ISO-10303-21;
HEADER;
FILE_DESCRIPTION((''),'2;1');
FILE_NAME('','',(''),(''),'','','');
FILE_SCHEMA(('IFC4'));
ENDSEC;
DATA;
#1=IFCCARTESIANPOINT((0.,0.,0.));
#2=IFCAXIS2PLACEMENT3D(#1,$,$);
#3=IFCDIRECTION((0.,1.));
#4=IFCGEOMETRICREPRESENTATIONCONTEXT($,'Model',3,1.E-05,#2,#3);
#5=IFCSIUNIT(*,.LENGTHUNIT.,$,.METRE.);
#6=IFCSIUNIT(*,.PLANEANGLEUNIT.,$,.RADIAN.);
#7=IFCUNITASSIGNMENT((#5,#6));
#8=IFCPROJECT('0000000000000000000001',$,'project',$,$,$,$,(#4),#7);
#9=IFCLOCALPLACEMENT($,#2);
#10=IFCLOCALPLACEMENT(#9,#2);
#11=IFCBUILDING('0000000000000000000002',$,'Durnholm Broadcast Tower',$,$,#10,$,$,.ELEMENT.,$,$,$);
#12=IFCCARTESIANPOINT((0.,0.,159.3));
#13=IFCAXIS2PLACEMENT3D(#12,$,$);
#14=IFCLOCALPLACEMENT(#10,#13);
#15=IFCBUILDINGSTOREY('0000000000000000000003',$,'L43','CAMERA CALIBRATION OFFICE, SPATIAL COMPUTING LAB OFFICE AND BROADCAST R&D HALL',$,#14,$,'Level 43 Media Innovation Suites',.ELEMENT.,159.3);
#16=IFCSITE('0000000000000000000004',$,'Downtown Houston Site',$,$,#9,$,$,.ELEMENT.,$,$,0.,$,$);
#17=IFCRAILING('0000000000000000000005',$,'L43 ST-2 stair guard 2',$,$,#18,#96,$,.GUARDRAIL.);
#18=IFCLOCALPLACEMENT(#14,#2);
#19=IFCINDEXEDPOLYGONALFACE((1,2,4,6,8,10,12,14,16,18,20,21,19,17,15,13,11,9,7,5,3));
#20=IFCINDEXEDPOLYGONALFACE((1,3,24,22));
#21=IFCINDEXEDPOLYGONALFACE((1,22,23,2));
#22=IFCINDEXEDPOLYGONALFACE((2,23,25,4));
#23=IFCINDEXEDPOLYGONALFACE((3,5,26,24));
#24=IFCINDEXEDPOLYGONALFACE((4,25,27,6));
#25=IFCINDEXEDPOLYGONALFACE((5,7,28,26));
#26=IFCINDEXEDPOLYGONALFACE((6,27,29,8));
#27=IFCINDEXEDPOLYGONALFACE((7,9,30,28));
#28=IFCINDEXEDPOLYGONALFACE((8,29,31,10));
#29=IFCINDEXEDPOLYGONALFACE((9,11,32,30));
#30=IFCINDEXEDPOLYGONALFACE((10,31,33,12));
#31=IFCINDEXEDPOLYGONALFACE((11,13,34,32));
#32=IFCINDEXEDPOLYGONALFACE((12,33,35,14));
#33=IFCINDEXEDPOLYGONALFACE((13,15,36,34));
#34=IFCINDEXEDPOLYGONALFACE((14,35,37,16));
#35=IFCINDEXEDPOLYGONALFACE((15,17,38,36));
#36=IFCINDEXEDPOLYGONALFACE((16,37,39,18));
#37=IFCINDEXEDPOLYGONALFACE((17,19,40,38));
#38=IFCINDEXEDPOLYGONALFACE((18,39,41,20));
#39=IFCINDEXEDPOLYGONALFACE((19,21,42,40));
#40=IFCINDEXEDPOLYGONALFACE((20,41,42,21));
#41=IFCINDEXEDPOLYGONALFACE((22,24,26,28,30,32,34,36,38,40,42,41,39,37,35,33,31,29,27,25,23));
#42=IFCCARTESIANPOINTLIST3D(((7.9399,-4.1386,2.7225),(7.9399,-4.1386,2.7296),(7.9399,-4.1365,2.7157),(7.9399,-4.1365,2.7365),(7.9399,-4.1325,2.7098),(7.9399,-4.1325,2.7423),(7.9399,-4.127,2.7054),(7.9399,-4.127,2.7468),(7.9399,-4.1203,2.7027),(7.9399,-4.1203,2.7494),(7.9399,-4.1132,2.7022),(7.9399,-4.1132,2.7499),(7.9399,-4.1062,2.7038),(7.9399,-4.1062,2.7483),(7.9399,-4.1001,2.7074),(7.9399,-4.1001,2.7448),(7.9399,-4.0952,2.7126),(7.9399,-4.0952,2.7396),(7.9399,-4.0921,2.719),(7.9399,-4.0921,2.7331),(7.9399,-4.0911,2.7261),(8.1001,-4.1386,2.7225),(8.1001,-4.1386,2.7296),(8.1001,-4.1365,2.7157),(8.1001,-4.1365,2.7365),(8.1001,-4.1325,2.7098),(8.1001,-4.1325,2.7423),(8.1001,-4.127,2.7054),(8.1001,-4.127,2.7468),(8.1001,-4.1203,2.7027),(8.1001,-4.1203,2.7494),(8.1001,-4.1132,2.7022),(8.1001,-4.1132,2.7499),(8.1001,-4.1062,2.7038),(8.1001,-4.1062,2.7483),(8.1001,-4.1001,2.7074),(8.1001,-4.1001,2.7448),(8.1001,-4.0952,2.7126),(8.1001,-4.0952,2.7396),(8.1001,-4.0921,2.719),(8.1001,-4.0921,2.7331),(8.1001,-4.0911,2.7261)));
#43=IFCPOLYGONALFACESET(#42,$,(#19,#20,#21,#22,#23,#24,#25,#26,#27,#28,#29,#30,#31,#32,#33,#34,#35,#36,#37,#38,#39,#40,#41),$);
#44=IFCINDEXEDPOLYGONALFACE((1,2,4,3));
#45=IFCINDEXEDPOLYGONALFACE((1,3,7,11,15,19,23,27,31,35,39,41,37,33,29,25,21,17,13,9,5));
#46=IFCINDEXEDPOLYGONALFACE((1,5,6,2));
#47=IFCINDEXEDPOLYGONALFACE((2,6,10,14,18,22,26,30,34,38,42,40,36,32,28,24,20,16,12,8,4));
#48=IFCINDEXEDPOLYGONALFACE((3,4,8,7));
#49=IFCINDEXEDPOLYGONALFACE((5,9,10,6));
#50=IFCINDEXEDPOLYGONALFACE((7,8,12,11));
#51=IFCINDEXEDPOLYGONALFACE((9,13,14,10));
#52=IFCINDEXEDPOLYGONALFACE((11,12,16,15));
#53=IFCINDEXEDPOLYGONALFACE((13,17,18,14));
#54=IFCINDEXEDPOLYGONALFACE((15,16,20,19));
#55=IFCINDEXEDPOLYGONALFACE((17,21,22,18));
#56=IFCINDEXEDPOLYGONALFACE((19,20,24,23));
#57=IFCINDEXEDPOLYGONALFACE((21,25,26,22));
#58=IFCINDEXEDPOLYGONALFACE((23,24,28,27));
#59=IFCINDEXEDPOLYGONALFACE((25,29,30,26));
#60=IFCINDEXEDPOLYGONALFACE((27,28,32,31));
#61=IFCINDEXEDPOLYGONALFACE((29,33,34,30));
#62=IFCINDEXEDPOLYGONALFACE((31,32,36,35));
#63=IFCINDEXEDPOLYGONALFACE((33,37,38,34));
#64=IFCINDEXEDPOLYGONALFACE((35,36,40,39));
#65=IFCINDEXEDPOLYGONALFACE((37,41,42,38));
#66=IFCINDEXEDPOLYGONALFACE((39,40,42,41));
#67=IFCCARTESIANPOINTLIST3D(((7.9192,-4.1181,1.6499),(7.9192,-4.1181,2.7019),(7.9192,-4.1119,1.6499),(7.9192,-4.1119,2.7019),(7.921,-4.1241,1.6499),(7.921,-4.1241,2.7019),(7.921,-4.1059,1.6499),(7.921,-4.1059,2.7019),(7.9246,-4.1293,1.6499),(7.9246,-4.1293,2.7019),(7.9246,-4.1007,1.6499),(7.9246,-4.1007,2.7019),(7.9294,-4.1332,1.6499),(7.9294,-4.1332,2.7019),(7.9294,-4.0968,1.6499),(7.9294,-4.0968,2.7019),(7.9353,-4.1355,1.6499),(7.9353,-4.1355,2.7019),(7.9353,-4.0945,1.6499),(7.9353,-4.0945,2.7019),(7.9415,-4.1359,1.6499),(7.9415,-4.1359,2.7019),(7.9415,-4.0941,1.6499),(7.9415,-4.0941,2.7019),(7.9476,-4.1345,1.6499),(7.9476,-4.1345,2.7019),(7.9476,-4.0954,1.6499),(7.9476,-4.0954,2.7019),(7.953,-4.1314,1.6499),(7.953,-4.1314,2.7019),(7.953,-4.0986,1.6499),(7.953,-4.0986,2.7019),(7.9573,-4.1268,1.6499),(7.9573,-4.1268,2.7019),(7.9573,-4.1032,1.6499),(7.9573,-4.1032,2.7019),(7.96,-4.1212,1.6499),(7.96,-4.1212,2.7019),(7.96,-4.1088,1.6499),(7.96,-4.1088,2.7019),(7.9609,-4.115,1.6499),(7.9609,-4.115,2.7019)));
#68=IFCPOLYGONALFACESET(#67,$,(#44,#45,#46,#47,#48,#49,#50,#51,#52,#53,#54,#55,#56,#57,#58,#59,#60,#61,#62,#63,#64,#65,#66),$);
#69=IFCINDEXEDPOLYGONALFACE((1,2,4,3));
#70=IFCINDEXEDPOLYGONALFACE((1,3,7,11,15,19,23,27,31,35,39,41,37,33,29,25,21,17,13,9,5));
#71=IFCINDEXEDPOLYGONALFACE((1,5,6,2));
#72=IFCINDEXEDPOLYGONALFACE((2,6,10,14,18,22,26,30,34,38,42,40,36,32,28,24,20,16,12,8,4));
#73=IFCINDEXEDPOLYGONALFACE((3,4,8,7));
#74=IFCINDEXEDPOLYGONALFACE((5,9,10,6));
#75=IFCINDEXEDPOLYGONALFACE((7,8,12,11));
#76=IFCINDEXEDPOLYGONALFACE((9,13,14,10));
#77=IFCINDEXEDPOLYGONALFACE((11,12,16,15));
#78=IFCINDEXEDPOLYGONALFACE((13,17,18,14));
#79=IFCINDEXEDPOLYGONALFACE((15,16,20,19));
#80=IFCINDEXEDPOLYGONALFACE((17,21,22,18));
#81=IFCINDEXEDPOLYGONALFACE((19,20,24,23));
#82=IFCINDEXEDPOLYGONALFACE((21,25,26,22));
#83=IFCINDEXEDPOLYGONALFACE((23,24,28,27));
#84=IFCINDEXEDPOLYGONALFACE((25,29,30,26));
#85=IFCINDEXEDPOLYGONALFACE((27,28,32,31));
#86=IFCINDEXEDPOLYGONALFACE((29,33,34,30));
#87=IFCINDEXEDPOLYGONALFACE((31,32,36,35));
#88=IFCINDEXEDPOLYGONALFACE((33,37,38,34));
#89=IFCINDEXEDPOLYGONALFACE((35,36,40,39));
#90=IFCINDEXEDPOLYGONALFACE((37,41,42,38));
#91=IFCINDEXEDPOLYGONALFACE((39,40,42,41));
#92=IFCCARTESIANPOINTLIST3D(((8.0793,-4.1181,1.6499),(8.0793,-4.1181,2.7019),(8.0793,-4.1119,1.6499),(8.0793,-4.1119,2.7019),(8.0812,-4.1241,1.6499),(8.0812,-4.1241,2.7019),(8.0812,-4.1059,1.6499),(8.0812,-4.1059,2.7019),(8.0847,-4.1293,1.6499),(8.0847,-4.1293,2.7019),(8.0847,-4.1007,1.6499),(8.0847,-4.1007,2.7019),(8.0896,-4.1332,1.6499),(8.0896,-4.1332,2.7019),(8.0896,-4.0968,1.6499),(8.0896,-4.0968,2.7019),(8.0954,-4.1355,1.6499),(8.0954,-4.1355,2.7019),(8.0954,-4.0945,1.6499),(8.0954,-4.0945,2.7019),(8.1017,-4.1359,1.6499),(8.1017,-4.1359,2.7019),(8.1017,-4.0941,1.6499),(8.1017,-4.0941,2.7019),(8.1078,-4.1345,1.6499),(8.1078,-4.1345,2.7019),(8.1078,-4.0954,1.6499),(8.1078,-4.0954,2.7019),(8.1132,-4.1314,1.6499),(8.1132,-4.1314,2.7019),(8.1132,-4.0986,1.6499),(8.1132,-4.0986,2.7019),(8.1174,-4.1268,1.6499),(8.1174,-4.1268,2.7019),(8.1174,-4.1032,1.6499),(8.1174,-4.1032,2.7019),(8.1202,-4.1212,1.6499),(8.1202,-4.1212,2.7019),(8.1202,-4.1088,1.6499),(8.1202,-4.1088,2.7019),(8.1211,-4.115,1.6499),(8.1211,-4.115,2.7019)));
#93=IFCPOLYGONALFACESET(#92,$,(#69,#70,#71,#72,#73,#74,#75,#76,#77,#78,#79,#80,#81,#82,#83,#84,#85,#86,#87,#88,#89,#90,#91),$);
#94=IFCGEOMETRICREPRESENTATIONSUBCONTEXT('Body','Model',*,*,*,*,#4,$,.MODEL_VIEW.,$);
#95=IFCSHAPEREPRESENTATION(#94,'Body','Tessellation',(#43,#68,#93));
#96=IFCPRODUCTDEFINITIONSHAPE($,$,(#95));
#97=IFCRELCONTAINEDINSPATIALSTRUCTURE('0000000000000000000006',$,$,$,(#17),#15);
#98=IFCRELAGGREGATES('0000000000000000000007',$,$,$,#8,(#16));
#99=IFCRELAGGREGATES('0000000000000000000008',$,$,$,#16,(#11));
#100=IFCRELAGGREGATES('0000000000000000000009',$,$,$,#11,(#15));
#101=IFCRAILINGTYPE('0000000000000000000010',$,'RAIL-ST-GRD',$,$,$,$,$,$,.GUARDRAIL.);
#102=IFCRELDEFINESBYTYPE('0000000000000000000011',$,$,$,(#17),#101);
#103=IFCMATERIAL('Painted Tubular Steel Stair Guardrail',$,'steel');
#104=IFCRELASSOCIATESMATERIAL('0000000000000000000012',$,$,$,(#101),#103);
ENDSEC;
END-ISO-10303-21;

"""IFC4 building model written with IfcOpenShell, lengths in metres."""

from ifc_helpers import new_model, si_unit, direction, frame, origin, origin_2d, place, context, subcontext, project, spatial, circle, extrude, material, type_object, element, save


model = new_model("IFC4")

# Units and contexts
model_context = context("Model", 3, precision=1e-05, world=origin(), true_north=direction((0.0, 1.0)))
body_context = subcontext(model_context, "Body", "Model", "MODEL_VIEW")
ifc_project = project(units=[si_unit("LENGTHUNIT", "METRE"), si_unit("PLANEANGLEUNIT", "RADIAN")], contexts=[model_context])

# Site, building, storey
site_placement = place(None, origin())
site = spatial("IfcSite", under=ifc_project, at=site_placement, Name="Downtown Houston Site", CompositionType="ELEMENT", RefElevation=0.0)
building_placement = place(site_placement, origin())
building = spatial("IfcBuilding", under=site, at=building_placement, Name="Durnholm Broadcast Tower", CompositionType="ELEMENT")
storey_placement = place(building_placement, frame((0.0, 0.0, 159.3)))
storey = spatial("IfcBuildingStorey", under=building, at=storey_placement, Name="L43", Description="CAMERA CALIBRATION OFFICE, SPATIAL COMPUTING LAB OFFICE AND BROADCAST R&D HALL", LongName="Level 43 Media Innovation Suites", CompositionType="ELEMENT", Elevation=159.3)

# Railing
ifc_material_1 = material(Name="Painted Tubular Steel Stair Guardrail", Category="steel")
railing_type_1 = type_object("IfcRailingType", Name="RAIL-ST-GRD", PredefinedType="GUARDRAIL", material=ifc_material_1)
railing_1_placement = place(storey_placement, frame((7.9399, -4.115, 1.6499)))
element("IfcRailing", 1, at=railing_1_placement, inside=storey, type_object=railing_type_1, Name="L43 ST-2 stair guard 2", PredefinedType="GUARDRAIL", context=body_context, shape_type="SweptSolid", body=[
    extrude(circle(Radius=0.0239, at=origin_2d()), frame((0.0, 0.0, 1.0762), z_axis=(1.0, 0.0, 0.0), x_axis=(0.0, 1.0, 0.0)), (0.0, 0.0, 1.0), 0.1602),
    extrude(circle(Radius=0.021, at=origin_2d()), origin(), (0.0, 0.0, 1.0), 1.052),
    extrude(circle(Radius=0.021, at=origin_2d()), frame((0.1602, 0.0, 0.0)), (0.0, 0.0, 1.0), 1.052),
])

save(model, "model.ifc")
